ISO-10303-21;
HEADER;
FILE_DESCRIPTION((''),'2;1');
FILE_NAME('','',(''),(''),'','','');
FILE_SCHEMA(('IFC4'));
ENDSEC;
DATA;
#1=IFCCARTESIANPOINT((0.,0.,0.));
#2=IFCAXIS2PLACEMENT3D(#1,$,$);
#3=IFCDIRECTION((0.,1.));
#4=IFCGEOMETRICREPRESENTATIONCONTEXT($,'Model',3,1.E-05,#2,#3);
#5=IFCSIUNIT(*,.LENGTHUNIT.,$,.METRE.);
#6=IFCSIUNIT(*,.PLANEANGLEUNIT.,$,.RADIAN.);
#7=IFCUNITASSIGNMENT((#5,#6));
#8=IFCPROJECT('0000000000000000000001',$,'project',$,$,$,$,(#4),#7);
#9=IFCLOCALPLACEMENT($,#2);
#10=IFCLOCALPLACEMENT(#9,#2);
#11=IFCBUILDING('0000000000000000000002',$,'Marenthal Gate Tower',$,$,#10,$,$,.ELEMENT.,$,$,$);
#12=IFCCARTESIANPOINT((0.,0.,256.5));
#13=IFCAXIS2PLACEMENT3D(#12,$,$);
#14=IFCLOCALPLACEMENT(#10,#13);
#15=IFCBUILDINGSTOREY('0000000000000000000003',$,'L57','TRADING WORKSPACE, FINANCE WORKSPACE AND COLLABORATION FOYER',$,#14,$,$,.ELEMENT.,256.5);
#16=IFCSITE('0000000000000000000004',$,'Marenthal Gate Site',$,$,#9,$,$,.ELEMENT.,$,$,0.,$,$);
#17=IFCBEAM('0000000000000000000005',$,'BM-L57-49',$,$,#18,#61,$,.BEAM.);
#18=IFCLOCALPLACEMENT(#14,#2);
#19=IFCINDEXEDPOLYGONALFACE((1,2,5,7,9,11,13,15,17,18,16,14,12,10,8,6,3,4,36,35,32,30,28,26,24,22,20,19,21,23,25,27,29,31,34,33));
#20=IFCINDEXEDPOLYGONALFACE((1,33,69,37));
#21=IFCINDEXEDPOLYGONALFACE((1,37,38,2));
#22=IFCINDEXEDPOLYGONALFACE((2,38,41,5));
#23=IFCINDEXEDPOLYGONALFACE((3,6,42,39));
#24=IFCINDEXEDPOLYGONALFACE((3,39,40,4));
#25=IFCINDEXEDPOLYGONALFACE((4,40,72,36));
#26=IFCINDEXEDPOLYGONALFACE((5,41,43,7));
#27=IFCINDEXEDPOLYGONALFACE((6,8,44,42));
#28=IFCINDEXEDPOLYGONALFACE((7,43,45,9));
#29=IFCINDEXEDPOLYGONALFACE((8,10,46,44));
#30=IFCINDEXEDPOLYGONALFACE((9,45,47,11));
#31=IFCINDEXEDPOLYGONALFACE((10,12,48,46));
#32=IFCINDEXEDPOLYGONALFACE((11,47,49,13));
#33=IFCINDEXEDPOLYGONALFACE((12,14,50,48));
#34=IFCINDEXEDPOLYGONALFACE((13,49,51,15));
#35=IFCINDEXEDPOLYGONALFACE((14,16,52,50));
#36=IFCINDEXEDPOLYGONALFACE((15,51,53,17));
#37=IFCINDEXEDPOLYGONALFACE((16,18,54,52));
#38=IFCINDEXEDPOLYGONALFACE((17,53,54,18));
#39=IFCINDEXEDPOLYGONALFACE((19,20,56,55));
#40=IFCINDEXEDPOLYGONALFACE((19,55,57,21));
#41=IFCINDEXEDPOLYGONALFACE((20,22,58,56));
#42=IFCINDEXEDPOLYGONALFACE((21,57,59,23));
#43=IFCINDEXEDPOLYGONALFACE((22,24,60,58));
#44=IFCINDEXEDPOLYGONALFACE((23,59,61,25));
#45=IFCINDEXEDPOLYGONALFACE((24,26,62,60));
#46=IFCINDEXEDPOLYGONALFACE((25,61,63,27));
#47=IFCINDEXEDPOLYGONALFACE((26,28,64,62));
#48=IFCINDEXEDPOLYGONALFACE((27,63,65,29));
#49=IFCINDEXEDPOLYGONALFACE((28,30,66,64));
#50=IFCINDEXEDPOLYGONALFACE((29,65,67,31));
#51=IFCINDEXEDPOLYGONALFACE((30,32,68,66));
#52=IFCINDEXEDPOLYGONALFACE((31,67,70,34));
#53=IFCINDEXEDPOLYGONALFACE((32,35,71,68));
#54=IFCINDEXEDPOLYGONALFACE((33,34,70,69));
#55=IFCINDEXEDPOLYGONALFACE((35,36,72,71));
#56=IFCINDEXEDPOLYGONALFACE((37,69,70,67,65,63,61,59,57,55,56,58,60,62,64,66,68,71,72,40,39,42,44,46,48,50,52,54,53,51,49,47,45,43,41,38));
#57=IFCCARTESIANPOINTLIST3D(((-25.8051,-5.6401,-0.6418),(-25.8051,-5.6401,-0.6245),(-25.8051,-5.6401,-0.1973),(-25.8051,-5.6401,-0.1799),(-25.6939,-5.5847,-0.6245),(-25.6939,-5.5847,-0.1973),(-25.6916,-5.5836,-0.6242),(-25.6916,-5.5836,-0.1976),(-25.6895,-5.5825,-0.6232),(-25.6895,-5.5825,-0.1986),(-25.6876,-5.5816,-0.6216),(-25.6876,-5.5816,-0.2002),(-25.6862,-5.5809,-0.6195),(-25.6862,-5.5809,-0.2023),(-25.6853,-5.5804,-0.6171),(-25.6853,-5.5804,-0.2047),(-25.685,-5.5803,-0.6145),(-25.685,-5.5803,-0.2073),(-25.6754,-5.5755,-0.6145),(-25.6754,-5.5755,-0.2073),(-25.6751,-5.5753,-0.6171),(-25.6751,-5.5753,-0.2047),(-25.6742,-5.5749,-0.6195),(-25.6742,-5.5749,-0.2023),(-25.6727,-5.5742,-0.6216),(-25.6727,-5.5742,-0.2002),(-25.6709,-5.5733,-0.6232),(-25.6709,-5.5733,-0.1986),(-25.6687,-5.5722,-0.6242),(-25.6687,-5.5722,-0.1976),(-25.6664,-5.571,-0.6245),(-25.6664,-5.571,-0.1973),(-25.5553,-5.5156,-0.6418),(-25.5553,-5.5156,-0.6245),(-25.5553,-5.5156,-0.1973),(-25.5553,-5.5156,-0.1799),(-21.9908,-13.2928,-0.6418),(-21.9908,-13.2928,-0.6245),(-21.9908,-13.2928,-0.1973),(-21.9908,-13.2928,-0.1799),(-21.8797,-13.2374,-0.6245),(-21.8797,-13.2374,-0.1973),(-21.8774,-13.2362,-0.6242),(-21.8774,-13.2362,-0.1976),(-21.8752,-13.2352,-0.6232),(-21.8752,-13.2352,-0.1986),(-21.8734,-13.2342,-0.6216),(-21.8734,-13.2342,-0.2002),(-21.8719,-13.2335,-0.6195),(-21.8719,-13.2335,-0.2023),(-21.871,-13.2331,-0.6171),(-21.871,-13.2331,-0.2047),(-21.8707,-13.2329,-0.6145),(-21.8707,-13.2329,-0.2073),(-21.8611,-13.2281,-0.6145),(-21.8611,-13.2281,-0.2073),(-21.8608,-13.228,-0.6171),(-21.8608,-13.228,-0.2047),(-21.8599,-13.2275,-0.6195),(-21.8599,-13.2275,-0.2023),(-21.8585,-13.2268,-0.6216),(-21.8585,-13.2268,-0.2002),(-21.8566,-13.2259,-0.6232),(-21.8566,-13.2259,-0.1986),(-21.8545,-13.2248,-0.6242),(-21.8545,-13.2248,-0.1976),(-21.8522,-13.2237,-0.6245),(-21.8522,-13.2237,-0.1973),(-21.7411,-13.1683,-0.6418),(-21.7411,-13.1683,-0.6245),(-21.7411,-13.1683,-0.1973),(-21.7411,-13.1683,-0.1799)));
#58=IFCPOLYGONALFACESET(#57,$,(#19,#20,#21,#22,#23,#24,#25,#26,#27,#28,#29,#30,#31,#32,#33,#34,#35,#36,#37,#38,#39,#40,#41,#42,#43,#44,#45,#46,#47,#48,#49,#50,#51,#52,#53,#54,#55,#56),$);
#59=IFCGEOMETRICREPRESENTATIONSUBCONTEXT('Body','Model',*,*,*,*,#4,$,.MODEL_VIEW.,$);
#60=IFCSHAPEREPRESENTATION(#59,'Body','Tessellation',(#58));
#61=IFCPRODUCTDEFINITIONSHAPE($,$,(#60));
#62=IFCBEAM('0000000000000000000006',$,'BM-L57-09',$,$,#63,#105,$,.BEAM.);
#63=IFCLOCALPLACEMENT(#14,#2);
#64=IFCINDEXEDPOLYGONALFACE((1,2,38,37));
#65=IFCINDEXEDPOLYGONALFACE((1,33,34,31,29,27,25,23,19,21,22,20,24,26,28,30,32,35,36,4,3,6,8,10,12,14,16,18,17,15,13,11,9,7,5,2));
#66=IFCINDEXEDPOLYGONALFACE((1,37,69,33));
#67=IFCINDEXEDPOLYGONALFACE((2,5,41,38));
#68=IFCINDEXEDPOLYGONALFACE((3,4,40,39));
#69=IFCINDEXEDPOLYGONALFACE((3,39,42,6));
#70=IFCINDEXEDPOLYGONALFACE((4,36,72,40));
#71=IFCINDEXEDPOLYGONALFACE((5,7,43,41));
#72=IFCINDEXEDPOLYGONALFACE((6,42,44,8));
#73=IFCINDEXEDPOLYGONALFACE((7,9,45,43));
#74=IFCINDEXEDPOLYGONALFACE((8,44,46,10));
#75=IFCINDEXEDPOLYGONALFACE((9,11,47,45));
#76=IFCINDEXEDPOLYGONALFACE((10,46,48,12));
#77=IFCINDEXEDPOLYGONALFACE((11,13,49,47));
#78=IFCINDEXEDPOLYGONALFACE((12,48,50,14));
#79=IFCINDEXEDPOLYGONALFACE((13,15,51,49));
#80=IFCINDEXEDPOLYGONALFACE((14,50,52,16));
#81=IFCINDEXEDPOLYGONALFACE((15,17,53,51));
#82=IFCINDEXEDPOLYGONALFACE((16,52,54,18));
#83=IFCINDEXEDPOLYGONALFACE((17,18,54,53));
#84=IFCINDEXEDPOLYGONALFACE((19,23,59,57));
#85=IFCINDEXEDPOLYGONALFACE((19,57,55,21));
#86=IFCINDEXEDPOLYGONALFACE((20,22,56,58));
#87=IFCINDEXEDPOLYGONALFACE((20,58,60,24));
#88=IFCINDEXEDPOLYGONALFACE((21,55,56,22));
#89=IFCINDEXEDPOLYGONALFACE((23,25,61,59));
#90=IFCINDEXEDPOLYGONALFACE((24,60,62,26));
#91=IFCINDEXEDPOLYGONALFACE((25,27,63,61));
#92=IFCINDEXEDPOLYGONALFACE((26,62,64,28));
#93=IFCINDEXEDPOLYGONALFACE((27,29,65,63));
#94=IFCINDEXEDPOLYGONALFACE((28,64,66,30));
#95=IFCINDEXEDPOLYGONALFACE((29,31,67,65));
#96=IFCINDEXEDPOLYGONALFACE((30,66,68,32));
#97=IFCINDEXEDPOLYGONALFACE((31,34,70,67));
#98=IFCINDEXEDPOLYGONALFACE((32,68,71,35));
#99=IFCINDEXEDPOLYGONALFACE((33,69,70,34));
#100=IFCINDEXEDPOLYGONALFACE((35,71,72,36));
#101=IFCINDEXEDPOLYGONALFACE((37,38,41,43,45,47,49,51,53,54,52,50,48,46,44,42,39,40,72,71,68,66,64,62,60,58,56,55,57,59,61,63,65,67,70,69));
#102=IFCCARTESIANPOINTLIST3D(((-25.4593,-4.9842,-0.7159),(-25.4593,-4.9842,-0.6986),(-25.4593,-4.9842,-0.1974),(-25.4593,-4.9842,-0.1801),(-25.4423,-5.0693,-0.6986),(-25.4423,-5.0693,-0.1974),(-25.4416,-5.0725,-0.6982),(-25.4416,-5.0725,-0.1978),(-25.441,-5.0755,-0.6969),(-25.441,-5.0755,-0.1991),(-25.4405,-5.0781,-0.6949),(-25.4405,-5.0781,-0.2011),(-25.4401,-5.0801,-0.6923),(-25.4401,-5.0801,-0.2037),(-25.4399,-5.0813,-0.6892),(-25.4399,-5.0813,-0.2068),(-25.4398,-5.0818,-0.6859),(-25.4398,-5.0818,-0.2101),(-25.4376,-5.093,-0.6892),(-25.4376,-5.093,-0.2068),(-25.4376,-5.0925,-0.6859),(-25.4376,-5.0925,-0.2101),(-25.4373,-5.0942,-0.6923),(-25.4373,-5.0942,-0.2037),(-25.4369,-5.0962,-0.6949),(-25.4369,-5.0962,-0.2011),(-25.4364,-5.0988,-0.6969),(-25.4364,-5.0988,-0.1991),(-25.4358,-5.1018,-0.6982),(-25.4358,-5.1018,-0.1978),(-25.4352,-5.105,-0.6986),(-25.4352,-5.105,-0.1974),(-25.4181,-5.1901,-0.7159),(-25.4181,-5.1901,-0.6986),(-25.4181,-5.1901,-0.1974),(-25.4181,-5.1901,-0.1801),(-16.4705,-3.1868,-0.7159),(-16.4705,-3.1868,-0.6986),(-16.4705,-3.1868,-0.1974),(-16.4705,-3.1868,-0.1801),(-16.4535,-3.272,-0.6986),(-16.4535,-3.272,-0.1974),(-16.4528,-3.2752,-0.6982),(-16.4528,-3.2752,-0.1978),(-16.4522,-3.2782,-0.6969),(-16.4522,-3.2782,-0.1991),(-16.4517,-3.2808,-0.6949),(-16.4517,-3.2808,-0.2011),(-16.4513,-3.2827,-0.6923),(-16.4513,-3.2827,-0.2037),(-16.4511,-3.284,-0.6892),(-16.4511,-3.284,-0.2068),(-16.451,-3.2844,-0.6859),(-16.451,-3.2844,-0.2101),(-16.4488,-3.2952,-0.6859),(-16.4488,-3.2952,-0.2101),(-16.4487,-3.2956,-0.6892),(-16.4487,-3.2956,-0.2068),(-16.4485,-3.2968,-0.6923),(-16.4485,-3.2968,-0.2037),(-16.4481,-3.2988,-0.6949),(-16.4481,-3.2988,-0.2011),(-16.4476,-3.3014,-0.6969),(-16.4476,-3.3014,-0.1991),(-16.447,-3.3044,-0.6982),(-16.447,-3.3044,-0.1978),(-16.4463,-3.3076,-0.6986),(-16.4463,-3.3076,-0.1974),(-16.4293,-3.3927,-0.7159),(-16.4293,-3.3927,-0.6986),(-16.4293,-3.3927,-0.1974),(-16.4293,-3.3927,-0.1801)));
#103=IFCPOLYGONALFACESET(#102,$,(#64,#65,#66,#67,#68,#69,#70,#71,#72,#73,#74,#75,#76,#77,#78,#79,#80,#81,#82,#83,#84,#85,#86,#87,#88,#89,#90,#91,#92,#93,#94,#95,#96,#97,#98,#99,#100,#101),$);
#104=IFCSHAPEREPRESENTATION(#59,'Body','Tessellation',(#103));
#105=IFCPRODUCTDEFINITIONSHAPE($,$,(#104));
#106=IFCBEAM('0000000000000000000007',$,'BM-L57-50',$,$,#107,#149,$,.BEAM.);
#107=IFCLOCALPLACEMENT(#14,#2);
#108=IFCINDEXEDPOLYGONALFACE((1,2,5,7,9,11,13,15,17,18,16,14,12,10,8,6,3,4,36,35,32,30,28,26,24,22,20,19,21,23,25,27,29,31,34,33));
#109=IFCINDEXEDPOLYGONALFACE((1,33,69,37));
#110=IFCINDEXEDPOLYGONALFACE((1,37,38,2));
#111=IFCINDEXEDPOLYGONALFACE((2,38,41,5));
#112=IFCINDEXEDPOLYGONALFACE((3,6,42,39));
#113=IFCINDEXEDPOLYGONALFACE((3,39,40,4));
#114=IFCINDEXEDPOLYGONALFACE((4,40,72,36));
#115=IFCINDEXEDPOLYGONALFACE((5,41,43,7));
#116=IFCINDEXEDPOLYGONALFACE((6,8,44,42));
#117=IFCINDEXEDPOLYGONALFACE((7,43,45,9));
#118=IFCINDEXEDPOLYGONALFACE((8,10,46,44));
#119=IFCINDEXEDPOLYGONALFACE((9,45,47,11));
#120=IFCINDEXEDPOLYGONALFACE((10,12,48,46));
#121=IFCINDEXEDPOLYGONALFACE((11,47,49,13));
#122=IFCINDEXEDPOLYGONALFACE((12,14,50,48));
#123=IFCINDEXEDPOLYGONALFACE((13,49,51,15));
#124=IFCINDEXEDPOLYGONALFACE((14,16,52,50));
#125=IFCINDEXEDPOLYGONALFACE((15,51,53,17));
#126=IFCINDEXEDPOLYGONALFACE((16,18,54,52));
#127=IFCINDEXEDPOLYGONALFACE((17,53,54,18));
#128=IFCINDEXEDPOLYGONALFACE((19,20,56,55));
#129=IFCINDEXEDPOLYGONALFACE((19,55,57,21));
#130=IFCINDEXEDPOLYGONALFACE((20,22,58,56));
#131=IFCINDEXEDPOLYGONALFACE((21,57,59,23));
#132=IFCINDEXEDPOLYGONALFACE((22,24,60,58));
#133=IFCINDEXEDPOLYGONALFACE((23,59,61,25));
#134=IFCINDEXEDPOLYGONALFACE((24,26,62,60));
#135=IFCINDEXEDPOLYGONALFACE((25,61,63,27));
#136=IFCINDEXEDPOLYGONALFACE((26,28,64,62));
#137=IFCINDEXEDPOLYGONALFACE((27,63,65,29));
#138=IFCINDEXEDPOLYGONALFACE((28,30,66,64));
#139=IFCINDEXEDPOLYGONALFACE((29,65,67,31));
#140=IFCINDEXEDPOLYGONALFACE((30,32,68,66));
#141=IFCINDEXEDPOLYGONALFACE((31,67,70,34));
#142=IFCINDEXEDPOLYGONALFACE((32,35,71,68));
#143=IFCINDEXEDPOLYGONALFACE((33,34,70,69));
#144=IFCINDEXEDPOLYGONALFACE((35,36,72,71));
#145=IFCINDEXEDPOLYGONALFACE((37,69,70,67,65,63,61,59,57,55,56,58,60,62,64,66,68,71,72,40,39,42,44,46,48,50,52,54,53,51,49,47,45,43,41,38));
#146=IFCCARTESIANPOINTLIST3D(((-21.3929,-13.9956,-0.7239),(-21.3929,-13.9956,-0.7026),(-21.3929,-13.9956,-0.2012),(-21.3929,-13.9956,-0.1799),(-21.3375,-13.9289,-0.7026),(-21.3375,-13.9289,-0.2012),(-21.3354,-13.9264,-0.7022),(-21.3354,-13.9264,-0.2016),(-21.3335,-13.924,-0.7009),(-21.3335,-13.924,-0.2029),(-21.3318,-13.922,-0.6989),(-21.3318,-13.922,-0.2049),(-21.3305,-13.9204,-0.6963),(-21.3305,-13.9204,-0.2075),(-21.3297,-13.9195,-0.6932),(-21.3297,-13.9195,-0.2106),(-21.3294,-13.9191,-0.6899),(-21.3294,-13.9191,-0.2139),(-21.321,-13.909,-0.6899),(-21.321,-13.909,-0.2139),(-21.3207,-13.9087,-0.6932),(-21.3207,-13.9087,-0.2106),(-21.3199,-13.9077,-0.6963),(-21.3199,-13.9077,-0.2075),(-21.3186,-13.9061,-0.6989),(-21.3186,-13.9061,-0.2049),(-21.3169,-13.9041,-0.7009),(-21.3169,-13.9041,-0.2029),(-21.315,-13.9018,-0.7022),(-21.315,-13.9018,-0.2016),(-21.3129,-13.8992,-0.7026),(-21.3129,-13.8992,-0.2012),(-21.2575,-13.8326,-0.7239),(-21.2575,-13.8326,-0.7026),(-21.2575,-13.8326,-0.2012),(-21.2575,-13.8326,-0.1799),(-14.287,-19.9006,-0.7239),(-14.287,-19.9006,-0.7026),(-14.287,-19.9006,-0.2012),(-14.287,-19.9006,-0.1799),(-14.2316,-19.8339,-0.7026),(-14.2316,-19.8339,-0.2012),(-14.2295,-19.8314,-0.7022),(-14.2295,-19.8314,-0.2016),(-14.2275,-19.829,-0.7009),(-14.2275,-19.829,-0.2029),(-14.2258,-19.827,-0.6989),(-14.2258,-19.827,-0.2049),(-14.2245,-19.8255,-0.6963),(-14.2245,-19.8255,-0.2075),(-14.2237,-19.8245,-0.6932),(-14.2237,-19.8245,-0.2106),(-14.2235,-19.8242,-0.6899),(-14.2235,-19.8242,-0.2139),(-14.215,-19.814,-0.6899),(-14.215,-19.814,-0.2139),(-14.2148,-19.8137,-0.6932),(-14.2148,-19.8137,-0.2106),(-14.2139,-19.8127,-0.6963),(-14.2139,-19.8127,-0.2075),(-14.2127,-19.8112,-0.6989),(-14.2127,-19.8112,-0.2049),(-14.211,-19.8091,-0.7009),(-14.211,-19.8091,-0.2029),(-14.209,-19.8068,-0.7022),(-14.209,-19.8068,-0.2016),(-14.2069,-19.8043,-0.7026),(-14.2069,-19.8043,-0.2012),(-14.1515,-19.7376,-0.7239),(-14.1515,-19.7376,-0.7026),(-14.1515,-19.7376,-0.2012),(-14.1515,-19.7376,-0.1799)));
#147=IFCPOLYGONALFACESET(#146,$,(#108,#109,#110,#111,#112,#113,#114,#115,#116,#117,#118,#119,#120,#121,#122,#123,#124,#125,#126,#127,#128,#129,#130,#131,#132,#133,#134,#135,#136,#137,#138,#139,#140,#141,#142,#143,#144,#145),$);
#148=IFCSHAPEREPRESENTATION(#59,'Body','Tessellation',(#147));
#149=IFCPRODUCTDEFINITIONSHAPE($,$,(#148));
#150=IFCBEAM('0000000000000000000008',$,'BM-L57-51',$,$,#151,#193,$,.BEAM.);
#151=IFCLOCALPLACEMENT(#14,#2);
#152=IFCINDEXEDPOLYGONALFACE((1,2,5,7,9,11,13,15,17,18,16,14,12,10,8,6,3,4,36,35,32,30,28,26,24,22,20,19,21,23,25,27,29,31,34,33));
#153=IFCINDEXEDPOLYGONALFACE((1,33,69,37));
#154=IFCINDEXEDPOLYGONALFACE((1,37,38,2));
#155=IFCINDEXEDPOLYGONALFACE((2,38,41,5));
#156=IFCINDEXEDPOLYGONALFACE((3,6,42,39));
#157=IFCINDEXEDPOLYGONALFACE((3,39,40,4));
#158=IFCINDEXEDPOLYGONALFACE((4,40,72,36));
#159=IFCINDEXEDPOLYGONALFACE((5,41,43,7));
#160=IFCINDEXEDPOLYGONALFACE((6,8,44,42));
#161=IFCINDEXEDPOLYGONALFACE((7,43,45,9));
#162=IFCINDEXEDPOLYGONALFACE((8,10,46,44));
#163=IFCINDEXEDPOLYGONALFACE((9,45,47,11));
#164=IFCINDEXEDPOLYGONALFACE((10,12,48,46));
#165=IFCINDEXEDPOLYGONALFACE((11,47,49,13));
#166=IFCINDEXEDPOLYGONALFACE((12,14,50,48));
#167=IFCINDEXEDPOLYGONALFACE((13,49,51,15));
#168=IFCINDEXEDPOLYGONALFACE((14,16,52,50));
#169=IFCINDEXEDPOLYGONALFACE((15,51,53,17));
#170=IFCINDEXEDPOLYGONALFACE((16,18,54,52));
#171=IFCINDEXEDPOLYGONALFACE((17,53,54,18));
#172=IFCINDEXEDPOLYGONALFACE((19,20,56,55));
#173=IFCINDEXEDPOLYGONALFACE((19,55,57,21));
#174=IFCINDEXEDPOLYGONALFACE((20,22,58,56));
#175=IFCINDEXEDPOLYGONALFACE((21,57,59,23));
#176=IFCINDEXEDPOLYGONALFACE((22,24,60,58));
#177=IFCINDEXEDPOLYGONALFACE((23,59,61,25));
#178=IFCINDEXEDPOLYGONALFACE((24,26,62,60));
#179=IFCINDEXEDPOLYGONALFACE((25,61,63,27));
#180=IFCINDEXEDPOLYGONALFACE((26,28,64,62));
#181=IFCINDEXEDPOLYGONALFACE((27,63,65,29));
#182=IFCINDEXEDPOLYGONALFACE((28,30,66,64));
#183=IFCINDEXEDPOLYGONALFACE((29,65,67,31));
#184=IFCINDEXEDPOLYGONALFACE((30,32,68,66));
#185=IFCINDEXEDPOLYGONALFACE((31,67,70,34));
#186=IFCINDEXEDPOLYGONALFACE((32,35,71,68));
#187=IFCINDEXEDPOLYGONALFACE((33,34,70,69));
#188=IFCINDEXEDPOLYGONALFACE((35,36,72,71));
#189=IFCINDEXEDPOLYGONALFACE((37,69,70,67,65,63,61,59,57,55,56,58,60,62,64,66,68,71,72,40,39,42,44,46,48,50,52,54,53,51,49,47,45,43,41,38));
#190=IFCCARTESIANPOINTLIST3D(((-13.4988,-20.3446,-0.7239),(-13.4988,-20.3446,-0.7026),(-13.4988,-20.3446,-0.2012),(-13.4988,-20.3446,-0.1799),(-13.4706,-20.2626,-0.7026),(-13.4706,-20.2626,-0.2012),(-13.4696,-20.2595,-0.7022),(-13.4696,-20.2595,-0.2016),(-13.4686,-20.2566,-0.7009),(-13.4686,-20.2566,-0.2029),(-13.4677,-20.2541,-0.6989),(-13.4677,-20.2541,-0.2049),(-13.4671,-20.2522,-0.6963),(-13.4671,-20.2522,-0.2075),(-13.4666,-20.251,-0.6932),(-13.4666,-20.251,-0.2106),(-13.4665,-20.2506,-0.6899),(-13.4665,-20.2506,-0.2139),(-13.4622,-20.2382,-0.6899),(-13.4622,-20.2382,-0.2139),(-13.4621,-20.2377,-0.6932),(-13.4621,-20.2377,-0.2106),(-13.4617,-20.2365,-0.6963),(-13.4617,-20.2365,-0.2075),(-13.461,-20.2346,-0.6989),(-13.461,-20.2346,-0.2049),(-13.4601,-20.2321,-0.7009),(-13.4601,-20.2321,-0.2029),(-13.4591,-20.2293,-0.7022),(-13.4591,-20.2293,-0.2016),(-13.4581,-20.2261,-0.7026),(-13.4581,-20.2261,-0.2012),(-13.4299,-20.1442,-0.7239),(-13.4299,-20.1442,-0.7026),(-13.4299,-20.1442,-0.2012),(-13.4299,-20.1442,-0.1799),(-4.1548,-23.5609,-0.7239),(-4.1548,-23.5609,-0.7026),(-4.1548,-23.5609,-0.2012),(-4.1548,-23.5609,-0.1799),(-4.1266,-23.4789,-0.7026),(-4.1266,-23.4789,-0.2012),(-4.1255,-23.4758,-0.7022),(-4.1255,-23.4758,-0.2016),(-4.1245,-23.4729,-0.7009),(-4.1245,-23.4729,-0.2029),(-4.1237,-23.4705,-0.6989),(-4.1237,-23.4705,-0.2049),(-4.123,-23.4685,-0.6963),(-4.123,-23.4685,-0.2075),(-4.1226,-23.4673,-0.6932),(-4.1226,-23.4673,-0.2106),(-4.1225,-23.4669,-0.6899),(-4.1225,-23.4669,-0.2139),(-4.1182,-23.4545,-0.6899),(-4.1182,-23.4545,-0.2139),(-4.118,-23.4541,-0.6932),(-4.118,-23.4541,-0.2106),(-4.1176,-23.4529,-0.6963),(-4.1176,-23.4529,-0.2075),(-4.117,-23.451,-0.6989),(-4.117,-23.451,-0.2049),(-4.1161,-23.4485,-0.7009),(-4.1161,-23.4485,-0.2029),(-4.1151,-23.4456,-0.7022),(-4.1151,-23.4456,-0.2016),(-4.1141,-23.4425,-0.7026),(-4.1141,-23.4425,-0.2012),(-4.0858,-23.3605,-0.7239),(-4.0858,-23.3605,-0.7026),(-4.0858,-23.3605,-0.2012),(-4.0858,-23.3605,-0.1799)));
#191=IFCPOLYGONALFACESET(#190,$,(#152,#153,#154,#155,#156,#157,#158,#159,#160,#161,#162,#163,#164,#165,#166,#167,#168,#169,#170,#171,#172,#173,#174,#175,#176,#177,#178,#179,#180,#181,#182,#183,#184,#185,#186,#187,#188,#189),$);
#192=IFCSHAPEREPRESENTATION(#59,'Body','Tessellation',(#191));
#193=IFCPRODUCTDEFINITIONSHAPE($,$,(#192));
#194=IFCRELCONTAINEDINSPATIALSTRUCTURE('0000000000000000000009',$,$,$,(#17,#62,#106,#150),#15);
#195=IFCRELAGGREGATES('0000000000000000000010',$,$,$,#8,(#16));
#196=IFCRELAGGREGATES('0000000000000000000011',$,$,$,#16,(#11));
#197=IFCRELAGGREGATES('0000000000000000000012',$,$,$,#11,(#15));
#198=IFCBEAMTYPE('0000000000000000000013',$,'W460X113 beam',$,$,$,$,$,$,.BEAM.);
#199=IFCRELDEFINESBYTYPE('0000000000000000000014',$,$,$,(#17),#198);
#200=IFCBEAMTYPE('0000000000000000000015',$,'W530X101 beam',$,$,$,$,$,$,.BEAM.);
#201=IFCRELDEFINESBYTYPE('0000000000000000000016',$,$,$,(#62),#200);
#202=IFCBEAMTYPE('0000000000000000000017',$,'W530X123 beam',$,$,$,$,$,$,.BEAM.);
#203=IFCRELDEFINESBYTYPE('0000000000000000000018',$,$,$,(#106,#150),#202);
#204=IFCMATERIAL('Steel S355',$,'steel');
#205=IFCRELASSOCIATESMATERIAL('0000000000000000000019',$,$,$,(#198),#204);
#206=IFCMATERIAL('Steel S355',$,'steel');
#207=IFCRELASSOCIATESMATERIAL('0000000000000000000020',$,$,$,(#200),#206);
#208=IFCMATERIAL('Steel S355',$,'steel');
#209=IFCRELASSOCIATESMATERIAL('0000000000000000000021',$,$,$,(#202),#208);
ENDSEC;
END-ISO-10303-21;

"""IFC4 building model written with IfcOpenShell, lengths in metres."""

from ifc_helpers import new_model, si_unit, direction, frame, origin, origin_2d, place, context, subcontext, project, spatial, i_section, extrude, material, material_profile, profile_set, type_object, element, save


model = new_model("IFC4")

# Units and contexts
model_context = context("Model", 3, precision=1e-05, world=origin(), true_north=direction((0.0, 1.0)))
body_context = subcontext(model_context, "Body", "Model", "MODEL_VIEW")
ifc_project = project(units=[si_unit("LENGTHUNIT", "METRE"), si_unit("PLANEANGLEUNIT", "RADIAN")], contexts=[model_context])

# Site, building, storey
site_placement = place(None, origin())
site = spatial("IfcSite", under=ifc_project, at=site_placement, Name="Marenthal Gate Site", CompositionType="ELEMENT", RefElevation=0.0)
building_placement = place(site_placement, origin())
building = spatial("IfcBuilding", under=site, at=building_placement, Name="Marenthal Gate Tower", CompositionType="ELEMENT")
storey_placement = place(building_placement, frame((0.0, 0.0, 256.5)))
storey = spatial("IfcBuildingStorey", under=building, at=storey_placement, Name="L57", Description="TRADING WORKSPACE, FINANCE WORKSPACE AND COLLABORATION FOYER", CompositionType="ELEMENT", Elevation=256.5)

# Beams
ifc_material_1 = material(Name="Steel S355", Category="steel")
ifc_material_profile_1 = material_profile(ifc_material_1, i_section(OverallWidth=0.2791, OverallDepth=0.4619, WebThickness=0.0107, FlangeThickness=0.0173, FilletRadius=0.01, at=origin_2d()), Name="W460X113")
ifc_profile_set_1 = profile_set([ifc_material_profile_1], Name="Steel S355")
beam_type_1 = type_object("IfcBeamType", Name="W460X113 beam", PredefinedType="BEAM", material=ifc_profile_set_1)
beam_1_placement = place(storey_placement, frame((-25.6802, -5.5779, -0.4109), z_axis=(0.446083, -0.894992, 0.0), x_axis=(0.894992, 0.446083, 0.0)))
element("IfcBeam", 1, at=beam_1_placement, inside=storey, type_object=beam_type_1, Name="BM-L57-49", PredefinedType="BEAM", context=body_context, shape_type="SweptSolid", body=[
    extrude(i_section(OverallWidth=0.2791, OverallDepth=0.4619, WebThickness=0.0107, FlangeThickness=0.0173, FilletRadius=0.01, at=origin_2d()), origin(), (0.0, 0.0, 1.0), 8.5505),
])
ifc_material_2 = material(Name="Steel S355", Category="steel")
ifc_material_profile_2 = material_profile(ifc_material_2, i_section(OverallWidth=0.21, OverallDepth=0.5359, WebThickness=0.011, FlangeThickness=0.0173, FilletRadius=0.0127, at=origin_2d()), Name="W530X101")
ifc_profile_set_2 = profile_set([ifc_material_profile_2], Name="Steel S355")
beam_type_2 = type_object("IfcBeamType", Name="W530X101 beam", PredefinedType="BEAM", material=ifc_profile_set_2)
beam_2_placement = place(storey_placement, frame((-25.4387, -5.0872, -0.448), z_axis=(0.980589, 0.196075, 0.0), x_axis=(-0.196075, 0.980589, 0.0)))
element("IfcBeam", 2, at=beam_2_placement, inside=storey, type_object=beam_type_2, Name="BM-L57-09", PredefinedType="BEAM", context=body_context, shape_type="SweptSolid", body=[
    extrude(i_section(OverallWidth=0.21, OverallDepth=0.5359, WebThickness=0.011, FlangeThickness=0.0173, FilletRadius=0.0127, at=origin_2d()), origin(), (0.0, 0.0, 1.0), 9.1667),
])
ifc_material_3 = material(Name="Steel S355", Category="steel")
ifc_material_profile_3 = material_profile(ifc_material_3, i_section(OverallWidth=0.2119, OverallDepth=0.5439, WebThickness=0.0132, FlangeThickness=0.0212, FilletRadius=0.0127, at=origin_2d()), Name="W530X123")
ifc_profile_set_3 = profile_set([ifc_material_profile_3], Name="Steel S355")
beam_type_3 = type_object("IfcBeamType", Name="W530X123 beam", PredefinedType="BEAM", material=ifc_profile_set_3)
beam_3_placement = place(storey_placement, frame((-21.3252, -13.9141, -0.4519), z_axis=(0.769104, -0.639123, 0.0), x_axis=(0.639123, 0.769104, 0.0)))
element("IfcBeam", 3, at=beam_3_placement, inside=storey, type_object=beam_type_3, Name="BM-L57-50", PredefinedType="BEAM", context=body_context, shape_type="SweptSolid", body=[
    extrude(i_section(OverallWidth=0.2119, OverallDepth=0.5439, WebThickness=0.0132, FlangeThickness=0.0212, FilletRadius=0.0127, at=origin_2d()), origin(), (0.0, 0.0, 1.0), 9.2393),
])
beam_4_placement = place(storey_placement, frame((-13.4644, -20.2444, -0.4519), z_axis=(0.945552, -0.32547, 0.0), x_axis=(0.32547, 0.945552, 0.0)))
element("IfcBeam", 4, at=beam_4_placement, inside=storey, type_object=beam_type_3, Name="BM-L57-51", PredefinedType="BEAM", context=body_context, shape_type="SweptSolid", body=[
    extrude(i_section(OverallWidth=0.2119, OverallDepth=0.5439, WebThickness=0.0132, FlangeThickness=0.0212, FilletRadius=0.0127, at=origin_2d()), origin(), (0.0, 0.0, 1.0), 9.8821),
])

save(model, "model.ifc")
